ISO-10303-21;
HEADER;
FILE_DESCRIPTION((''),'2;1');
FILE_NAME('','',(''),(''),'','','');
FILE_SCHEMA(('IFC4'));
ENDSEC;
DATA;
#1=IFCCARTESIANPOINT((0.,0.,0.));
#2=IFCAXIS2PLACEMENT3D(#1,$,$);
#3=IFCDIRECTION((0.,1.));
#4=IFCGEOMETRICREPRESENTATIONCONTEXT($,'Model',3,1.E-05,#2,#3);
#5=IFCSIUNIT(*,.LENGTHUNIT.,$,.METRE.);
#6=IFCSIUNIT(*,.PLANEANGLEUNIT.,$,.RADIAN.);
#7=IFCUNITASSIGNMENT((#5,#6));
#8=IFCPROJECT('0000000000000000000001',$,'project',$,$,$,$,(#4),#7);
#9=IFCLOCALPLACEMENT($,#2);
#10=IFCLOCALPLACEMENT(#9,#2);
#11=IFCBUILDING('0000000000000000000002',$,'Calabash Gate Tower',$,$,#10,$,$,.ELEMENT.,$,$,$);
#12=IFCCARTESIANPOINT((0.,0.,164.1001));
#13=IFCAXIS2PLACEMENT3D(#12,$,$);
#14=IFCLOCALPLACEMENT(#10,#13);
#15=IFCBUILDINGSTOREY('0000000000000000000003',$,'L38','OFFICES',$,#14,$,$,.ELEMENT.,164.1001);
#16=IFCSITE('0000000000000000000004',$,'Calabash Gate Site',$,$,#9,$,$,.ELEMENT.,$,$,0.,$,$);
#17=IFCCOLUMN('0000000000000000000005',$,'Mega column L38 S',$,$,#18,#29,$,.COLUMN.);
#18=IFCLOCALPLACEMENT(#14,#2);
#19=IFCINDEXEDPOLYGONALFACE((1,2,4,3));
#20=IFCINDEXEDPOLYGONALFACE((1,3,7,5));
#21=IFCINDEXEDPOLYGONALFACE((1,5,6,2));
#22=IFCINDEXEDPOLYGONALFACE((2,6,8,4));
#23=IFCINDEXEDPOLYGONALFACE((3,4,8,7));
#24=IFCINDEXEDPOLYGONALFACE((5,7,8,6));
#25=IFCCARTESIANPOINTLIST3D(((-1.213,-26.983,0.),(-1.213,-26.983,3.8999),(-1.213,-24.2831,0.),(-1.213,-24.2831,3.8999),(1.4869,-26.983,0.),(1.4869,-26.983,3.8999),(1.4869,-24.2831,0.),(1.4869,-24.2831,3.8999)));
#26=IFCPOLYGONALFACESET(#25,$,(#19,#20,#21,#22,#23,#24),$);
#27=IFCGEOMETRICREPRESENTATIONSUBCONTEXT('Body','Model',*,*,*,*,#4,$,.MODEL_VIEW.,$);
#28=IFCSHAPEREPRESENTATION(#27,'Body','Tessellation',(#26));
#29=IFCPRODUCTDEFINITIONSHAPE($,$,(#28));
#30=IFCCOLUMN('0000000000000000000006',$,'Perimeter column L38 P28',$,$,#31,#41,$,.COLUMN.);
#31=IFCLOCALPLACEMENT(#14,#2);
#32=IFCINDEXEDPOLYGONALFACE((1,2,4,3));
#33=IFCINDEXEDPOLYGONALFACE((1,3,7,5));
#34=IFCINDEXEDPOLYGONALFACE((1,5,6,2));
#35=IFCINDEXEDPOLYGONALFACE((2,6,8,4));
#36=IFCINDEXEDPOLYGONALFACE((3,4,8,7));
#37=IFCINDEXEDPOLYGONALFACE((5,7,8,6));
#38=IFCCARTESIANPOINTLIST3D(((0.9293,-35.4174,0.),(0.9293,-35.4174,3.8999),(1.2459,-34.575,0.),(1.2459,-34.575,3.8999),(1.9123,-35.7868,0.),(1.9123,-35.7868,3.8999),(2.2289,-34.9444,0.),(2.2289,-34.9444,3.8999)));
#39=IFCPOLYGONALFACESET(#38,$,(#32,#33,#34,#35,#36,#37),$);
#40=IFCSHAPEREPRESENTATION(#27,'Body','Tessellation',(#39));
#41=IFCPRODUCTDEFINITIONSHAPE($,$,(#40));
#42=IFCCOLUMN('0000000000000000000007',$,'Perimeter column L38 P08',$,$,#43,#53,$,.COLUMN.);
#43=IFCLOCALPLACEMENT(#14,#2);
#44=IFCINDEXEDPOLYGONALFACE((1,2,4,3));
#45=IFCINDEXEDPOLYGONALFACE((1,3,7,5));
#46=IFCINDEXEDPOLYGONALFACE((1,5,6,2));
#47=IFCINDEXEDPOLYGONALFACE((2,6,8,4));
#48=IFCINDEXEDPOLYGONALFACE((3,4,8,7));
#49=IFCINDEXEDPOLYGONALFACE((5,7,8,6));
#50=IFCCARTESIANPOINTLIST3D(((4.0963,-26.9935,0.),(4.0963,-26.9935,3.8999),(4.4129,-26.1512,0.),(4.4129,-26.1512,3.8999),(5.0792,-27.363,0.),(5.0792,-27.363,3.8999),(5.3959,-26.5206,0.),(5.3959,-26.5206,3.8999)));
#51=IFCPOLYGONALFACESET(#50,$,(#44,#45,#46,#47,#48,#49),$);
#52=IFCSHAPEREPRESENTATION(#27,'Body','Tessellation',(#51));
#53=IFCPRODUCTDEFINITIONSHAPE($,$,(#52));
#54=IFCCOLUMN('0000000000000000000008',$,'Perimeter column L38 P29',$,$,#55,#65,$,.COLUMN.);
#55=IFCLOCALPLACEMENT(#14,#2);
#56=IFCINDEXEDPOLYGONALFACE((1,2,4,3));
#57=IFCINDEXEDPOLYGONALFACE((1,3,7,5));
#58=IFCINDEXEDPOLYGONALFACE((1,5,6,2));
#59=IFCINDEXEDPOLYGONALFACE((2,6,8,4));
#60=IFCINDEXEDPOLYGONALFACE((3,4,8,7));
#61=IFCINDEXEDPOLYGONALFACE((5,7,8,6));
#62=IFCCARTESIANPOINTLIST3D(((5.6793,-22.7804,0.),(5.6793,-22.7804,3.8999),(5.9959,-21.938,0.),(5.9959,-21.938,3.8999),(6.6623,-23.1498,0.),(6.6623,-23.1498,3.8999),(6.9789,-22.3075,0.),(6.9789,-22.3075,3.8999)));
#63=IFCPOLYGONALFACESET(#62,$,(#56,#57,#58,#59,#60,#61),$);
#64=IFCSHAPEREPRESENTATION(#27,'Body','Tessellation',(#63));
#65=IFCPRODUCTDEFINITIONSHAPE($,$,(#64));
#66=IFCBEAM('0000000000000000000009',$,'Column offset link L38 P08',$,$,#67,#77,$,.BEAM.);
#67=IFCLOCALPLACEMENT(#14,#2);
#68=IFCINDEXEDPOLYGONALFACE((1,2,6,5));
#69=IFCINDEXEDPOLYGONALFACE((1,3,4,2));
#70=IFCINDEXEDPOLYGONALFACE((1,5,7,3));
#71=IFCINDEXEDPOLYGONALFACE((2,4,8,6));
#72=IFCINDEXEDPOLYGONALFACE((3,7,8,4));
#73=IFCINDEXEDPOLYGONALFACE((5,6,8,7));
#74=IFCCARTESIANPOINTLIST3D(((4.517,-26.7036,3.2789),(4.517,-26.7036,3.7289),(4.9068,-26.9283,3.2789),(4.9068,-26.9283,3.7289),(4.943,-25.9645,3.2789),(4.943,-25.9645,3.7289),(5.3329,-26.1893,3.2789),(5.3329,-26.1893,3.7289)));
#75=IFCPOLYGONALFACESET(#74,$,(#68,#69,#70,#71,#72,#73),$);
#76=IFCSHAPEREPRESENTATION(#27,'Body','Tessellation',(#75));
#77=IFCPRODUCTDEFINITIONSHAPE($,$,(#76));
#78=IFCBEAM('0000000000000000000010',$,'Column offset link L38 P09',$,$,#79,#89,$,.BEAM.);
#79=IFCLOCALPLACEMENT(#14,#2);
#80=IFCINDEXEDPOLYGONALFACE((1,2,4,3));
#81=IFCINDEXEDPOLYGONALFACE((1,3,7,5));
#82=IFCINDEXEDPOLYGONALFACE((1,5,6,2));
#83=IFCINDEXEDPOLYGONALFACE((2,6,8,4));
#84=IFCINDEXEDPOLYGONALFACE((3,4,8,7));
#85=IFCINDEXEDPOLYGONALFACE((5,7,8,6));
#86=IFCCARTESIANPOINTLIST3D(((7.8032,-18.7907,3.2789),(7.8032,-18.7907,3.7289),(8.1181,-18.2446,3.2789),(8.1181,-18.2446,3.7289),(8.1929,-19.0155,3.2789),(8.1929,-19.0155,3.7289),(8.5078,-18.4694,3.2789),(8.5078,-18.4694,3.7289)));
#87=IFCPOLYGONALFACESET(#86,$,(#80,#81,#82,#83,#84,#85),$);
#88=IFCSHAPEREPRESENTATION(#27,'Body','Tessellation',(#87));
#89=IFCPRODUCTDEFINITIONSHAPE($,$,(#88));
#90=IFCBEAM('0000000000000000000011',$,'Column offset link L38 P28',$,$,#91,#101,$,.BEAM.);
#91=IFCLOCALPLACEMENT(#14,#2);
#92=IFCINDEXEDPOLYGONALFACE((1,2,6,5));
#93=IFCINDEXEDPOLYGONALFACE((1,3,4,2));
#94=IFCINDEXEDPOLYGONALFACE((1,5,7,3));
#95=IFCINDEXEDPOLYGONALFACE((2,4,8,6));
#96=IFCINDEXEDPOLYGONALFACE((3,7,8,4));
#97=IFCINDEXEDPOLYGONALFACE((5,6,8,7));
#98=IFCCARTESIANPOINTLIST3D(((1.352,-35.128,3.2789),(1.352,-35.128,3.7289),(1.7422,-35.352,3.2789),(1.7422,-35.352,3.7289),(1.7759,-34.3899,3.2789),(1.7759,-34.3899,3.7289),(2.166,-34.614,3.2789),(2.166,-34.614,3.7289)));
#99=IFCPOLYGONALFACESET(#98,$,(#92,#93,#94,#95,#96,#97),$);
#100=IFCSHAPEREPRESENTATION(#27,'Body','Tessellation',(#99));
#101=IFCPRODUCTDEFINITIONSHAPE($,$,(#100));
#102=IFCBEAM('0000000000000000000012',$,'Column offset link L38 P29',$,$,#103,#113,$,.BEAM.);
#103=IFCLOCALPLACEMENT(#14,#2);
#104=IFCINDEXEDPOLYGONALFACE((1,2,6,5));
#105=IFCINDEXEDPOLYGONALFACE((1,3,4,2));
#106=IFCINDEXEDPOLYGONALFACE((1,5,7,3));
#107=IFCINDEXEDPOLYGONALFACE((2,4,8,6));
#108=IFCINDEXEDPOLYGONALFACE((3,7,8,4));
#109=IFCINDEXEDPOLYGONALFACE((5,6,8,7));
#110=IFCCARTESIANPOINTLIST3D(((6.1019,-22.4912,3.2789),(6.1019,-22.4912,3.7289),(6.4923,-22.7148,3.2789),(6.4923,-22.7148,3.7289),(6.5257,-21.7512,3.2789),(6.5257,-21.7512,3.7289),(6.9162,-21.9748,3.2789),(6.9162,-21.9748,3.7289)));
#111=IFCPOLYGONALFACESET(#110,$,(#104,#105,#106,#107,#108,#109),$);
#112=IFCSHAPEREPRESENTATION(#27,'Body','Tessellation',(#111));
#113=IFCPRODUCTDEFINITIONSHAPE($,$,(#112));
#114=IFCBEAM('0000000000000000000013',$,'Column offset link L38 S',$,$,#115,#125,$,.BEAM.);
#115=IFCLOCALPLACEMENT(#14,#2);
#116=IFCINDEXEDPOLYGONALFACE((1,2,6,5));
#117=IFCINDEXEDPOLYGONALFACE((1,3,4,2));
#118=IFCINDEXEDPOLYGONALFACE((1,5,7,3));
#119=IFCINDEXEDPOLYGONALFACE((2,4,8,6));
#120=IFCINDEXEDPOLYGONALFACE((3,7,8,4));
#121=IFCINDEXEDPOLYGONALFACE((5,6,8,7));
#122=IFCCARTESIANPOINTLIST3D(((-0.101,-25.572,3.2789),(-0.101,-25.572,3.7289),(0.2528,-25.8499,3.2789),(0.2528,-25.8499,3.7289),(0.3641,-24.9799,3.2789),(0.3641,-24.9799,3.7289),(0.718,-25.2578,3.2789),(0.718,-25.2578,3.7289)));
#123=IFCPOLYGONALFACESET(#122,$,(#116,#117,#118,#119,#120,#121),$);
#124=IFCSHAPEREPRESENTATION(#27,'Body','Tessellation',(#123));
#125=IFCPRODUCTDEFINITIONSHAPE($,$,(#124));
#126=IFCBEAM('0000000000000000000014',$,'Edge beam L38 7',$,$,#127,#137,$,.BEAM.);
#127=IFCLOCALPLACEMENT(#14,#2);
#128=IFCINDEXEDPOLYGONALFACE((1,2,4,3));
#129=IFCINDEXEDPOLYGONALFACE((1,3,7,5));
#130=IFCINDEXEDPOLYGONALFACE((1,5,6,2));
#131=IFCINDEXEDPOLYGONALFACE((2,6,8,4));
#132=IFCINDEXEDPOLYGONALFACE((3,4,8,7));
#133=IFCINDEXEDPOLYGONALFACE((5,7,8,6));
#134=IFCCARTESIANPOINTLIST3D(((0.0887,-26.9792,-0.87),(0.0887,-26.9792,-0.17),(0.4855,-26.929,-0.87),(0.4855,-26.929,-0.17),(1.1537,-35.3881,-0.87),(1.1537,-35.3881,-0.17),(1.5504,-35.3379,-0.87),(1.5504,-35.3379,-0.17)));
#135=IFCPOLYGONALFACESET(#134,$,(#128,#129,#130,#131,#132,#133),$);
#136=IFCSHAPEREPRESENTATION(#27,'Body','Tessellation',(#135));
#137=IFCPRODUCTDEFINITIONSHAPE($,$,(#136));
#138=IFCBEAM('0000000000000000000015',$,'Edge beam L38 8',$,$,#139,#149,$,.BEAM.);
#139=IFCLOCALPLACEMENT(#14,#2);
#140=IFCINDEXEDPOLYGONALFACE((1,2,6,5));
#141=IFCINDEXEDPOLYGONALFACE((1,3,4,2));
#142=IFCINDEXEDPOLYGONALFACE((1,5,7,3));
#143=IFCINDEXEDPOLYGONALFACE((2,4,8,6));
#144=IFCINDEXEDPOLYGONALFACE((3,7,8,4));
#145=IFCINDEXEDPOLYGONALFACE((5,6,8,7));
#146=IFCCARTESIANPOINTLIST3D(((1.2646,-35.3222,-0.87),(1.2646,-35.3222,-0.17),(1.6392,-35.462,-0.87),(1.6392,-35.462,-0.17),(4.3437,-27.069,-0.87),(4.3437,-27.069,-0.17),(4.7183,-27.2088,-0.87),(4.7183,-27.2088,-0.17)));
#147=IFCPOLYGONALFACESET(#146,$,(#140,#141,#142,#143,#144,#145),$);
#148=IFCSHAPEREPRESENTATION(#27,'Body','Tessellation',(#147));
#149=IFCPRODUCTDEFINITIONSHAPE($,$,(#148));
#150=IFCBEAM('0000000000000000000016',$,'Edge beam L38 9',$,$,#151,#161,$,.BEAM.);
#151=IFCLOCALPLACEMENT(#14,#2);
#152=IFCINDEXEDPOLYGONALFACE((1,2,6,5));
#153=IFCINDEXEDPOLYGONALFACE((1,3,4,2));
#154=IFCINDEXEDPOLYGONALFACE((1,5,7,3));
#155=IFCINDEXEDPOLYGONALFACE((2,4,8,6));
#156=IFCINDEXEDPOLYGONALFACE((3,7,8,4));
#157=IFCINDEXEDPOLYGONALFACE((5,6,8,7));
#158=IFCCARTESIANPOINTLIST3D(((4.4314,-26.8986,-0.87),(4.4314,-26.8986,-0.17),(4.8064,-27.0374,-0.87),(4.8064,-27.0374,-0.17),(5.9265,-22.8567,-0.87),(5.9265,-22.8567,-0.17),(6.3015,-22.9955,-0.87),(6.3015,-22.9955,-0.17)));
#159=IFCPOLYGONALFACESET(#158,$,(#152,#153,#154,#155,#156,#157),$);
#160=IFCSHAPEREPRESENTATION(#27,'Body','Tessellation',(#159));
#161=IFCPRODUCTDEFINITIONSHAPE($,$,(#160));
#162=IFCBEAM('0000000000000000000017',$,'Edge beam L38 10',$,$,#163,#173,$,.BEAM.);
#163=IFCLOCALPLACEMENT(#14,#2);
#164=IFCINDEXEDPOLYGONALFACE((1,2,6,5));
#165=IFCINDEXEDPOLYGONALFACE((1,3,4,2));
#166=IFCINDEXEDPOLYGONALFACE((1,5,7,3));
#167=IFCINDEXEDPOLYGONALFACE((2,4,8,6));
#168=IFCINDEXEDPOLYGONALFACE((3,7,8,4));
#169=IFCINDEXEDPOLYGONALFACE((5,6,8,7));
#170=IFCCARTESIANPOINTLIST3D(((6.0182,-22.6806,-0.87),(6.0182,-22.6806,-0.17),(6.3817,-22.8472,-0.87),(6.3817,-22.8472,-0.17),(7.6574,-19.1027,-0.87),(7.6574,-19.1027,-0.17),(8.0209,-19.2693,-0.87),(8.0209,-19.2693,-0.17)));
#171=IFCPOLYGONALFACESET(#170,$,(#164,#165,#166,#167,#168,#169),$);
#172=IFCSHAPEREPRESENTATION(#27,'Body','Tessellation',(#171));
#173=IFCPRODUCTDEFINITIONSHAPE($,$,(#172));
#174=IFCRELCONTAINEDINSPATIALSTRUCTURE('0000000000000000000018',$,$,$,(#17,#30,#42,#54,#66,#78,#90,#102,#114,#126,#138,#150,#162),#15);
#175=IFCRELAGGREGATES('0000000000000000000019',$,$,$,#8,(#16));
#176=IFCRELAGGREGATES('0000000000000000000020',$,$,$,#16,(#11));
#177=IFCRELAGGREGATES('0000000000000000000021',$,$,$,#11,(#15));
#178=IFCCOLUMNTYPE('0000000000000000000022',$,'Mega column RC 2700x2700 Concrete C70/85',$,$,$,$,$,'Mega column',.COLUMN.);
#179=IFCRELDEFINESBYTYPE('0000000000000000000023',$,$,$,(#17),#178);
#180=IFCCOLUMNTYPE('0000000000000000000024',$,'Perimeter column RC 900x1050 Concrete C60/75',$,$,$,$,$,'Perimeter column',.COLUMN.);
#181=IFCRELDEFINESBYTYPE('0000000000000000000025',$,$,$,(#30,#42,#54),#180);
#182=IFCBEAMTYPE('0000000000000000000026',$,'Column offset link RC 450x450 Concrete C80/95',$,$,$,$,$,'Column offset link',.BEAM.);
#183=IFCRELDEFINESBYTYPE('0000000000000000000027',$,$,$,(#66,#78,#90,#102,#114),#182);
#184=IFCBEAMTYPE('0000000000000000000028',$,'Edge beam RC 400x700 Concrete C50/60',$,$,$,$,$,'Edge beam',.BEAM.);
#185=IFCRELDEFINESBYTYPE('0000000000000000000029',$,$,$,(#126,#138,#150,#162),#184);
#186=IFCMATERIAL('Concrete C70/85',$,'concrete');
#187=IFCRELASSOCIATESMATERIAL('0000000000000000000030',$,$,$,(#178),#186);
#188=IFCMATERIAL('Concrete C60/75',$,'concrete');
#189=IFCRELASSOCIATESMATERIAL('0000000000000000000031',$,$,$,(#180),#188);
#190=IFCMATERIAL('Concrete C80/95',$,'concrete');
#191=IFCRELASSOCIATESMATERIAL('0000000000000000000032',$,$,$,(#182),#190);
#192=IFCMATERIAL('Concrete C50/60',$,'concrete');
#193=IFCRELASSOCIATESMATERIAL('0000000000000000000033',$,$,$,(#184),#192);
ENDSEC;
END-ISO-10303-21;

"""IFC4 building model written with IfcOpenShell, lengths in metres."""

from ifc_helpers import new_model, si_unit, direction, frame, origin, origin_2d, place, context, subcontext, project, spatial, rectangle, extrude, material, material_profile, profile_set, type_object, element, save


model = new_model("IFC4")

# Units and contexts
model_context = context("Model", 3, precision=1e-05, world=origin(), true_north=direction((0.0, 1.0)))
body_context = subcontext(model_context, "Body", "Model", "MODEL_VIEW")
ifc_project = project(units=[si_unit("LENGTHUNIT", "METRE"), si_unit("PLANEANGLEUNIT", "RADIAN")], contexts=[model_context])

# Site, building, storey
site_placement = place(None, origin())
site = spatial("IfcSite", under=ifc_project, at=site_placement, Name="Calabash Gate Site", CompositionType="ELEMENT", RefElevation=0.0)
building_placement = place(site_placement, origin())
building = spatial("IfcBuilding", under=site, at=building_placement, Name="Calabash Gate Tower", CompositionType="ELEMENT")
storey_placement = place(building_placement, frame((0.0, 0.0, 164.1001)))
storey = spatial("IfcBuildingStorey", under=building, at=storey_placement, Name="L38", Description="OFFICES", CompositionType="ELEMENT", Elevation=164.1001)

# Columns
ifc_material_1 = material(Name="Concrete C70/85", Category="concrete")
ifc_material_profile_1 = material_profile(ifc_material_1, rectangle(XDim=2.7, YDim=2.7, at=origin_2d()))
ifc_profile_set_1 = profile_set([ifc_material_profile_1], Name="Concrete C70/85")
column_type_1 = type_object("IfcColumnType", Name="Mega column RC 2700x2700 Concrete C70/85", ElementType="Mega column", PredefinedType="COLUMN", material=ifc_profile_set_1)
column_placement = place(storey_placement, frame((0.137, -25.6331, 0.0), z_axis=(0.0, 0.0, 1.0), x_axis=(0.0, 1.0, 0.0)))
element("IfcColumn", 1, at=column_placement, inside=storey, type_object=column_type_1, Name="Mega column L38 S", PredefinedType="COLUMN", context=body_context, shape_type="SweptSolid", body=[
    extrude(rectangle(XDim=2.7, YDim=2.7, at=origin_2d()), origin(), (0.0, 0.0, 1.0), 3.8999),
])
ifc_material_2 = material(Name="Concrete C60/75", Category="concrete")
ifc_material_profile_2 = material_profile(ifc_material_2, rectangle(XDim=0.8999, YDim=1.05, at=origin_2d()))
ifc_profile_set_2 = profile_set([ifc_material_profile_2], Name="Concrete C60/75")
column_type_2 = type_object("IfcColumnType", Name="Perimeter column RC 900x1050 Concrete C60/75", ElementType="Perimeter column", PredefinedType="COLUMN", material=ifc_profile_set_2)
for number, where, z_axis, x_axis, name in (
    (2, (1.5791, -35.1809, 0.0), (0.0, 0.0, 1.0), (0.351822, 0.936067, 0.0), "Perimeter column L38 P28"),
    (3, (4.7461, -26.7571, 0.0), (0.0, 0.0, 1.0), (0.351822, 0.936067, 0.0), "Perimeter column L38 P08"),
    (4, (6.3291, -22.5439, 0.0), (0.0, 0.0, 1.0), (0.351822, 0.936067, 0.0), "Perimeter column L38 P29"),
):
    element("IfcColumn", number, at=place(storey_placement, frame(where, z_axis=z_axis, x_axis=x_axis)), inside=storey, type_object=column_type_2, Name=name, PredefinedType="COLUMN", context=body_context, shape_type="SweptSolid", body=[
        extrude(rectangle(XDim=0.8999, YDim=1.05, at=origin_2d()), origin(), (0.0, 0.0, 1.0), 3.8999),
    ])

# Beams
ifc_material_3 = material(Name="Concrete C80/95", Category="concrete")
ifc_material_profile_3 = material_profile(ifc_material_3, rectangle(XDim=0.45, YDim=0.45, at=origin_2d()))
ifc_profile_set_3 = profile_set([ifc_material_profile_3], Name="Concrete C80/95")
beam_type_1 = type_object("IfcBeamType", Name="Column offset link RC 450x450 Concrete C80/95", ElementType="Column offset link", PredefinedType="BEAM", material=ifc_profile_set_3)
beam_1_placement = place(storey_placement, frame((4.7119, -26.8159, 3.5039), z_axis=(0.499433, 0.866352, 0.0), x_axis=(-0.866352, 0.499433, 0.0)))
element("IfcBeam", 5, at=beam_1_placement, inside=storey, type_object=beam_type_1, Name="Column offset link L38 P08", PredefinedType="BEAM", context=body_context, shape_type="SweptSolid", body=[
    extrude(rectangle(XDim=0.45, YDim=0.45, at=origin_2d()), origin(), (0.0, 0.0, 1.0), 0.853),
])
beam_2_placement = place(storey_placement, frame((7.998, -18.9031, 3.5039), z_axis=(0.499555, 0.866282, 0.0), x_axis=(-0.866282, 0.499555, 0.0)))
element("IfcBeam", 6, at=beam_2_placement, inside=storey, type_object=beam_type_1, Name="Column offset link L38 P09", PredefinedType="BEAM", context=body_context, shape_type="SweptSolid", body=[
    extrude(rectangle(XDim=0.45, YDim=0.45, at=origin_2d()), origin(), (0.0, 0.0, 1.0), 0.6304),
])
beam_3_placement = place(storey_placement, frame((1.5471, -35.24, 3.5039), z_axis=(0.497991, 0.867182, 0.0), x_axis=(-0.867182, 0.497991, 0.0)))
element("IfcBeam", 7, at=beam_3_placement, inside=storey, type_object=beam_type_1, Name="Column offset link L38 P28", PredefinedType="BEAM", context=body_context, shape_type="SweptSolid", body=[
    extrude(rectangle(XDim=0.45, YDim=0.45, at=origin_2d()), origin(), (0.0, 0.0, 1.0), 0.8511),
])
beam_4_placement = place(storey_placement, frame((6.2971, -22.603, 3.5039), z_axis=(0.497002, 0.867749, 0.0), x_axis=(-0.867749, 0.497002, 0.0)))
element("IfcBeam", 8, at=beam_4_placement, inside=storey, type_object=beam_type_1, Name="Column offset link L38 P29", PredefinedType="BEAM", context=body_context, shape_type="SweptSolid", body=[
    extrude(rectangle(XDim=0.45, YDim=0.45, at=origin_2d()), origin(), (0.0, 0.0, 1.0), 0.8528),
])
beam_5_placement = place(storey_placement, frame((0.0759, -25.7109, 3.5039), z_axis=(0.61775, 0.786375, 0.0), x_axis=(-0.786375, 0.61775, 0.0)))
element("IfcBeam", 9, at=beam_5_placement, inside=storey, type_object=beam_type_1, Name="Column offset link L38 S", PredefinedType="BEAM", context=body_context, shape_type="SweptSolid", body=[
    extrude(rectangle(XDim=0.45, YDim=0.45, at=origin_2d()), origin(), (0.0, 0.0, 1.0), 0.7529),
])
ifc_material_4 = material(Name="Concrete C50/60", Category="concrete")
ifc_material_profile_4 = material_profile(ifc_material_4, rectangle(XDim=0.3999, YDim=0.7, at=origin_2d()))
ifc_profile_set_4 = profile_set([ifc_material_profile_4], Name="Concrete C50/60")
beam_type_2 = type_object("IfcBeamType", Name="Edge beam RC 400x700 Concrete C50/60", ElementType="Edge beam", PredefinedType="BEAM", material=ifc_profile_set_4)
beam_6_placement = place(storey_placement, frame((0.2871, -26.9541, -0.52), z_axis=(0.12564, -0.992076, 0.0), x_axis=(0.992076, 0.12564, 0.0)))
element("IfcBeam", 10, at=beam_6_placement, inside=storey, type_object=beam_type_2, Name="Edge beam L38 7", PredefinedType="BEAM", context=body_context, shape_type="SweptSolid", body=[
    extrude(rectangle(XDim=0.3999, YDim=0.7, at=origin_2d()), origin(), (0.0, 0.0, 1.0), 8.4761),
])
beam_7_placement = place(storey_placement, frame((1.4519, -35.3921, -0.52), z_axis=(0.349547, 0.936919, 0.0), x_axis=(-0.936919, 0.349547, 0.0)))
element("IfcBeam", 11, at=beam_7_placement, inside=storey, type_object=beam_type_2, Name="Edge beam L38 8", PredefinedType="BEAM", context=body_context, shape_type="SweptSolid", body=[
    extrude(rectangle(XDim=0.3999, YDim=0.7, at=origin_2d()), origin(), (0.0, 0.0, 1.0), 8.8088),
])
beam_8_placement = place(storey_placement, frame((4.6189, -26.968, -0.52), z_axis=(0.346923, 0.937894, 0.0), x_axis=(-0.937894, 0.346923, 0.0)))
element("IfcBeam", 12, at=beam_8_placement, inside=storey, type_object=beam_type_2, Name="Edge beam L38 9", PredefinedType="BEAM", context=body_context, shape_type="SweptSolid", body=[
    extrude(rectangle(XDim=0.3999, YDim=0.7, at=origin_2d()), origin(), (0.0, 0.0, 1.0), 4.3096),
])
beam_9_placement = place(storey_placement, frame((6.2, -22.7639, -0.52), z_axis=(0.416507, 0.909132, 0.0), x_axis=(-0.909132, 0.416507, 0.0)))
element("IfcBeam", 13, at=beam_9_placement, inside=storey, type_object=beam_type_2, Name="Edge beam L38 10", PredefinedType="BEAM", context=body_context, shape_type="SweptSolid", body=[
    extrude(rectangle(XDim=0.3999, YDim=0.7, at=origin_2d()), origin(), (0.0, 0.0, 1.0), 3.9355),
])

save(model, "model.ifc")
